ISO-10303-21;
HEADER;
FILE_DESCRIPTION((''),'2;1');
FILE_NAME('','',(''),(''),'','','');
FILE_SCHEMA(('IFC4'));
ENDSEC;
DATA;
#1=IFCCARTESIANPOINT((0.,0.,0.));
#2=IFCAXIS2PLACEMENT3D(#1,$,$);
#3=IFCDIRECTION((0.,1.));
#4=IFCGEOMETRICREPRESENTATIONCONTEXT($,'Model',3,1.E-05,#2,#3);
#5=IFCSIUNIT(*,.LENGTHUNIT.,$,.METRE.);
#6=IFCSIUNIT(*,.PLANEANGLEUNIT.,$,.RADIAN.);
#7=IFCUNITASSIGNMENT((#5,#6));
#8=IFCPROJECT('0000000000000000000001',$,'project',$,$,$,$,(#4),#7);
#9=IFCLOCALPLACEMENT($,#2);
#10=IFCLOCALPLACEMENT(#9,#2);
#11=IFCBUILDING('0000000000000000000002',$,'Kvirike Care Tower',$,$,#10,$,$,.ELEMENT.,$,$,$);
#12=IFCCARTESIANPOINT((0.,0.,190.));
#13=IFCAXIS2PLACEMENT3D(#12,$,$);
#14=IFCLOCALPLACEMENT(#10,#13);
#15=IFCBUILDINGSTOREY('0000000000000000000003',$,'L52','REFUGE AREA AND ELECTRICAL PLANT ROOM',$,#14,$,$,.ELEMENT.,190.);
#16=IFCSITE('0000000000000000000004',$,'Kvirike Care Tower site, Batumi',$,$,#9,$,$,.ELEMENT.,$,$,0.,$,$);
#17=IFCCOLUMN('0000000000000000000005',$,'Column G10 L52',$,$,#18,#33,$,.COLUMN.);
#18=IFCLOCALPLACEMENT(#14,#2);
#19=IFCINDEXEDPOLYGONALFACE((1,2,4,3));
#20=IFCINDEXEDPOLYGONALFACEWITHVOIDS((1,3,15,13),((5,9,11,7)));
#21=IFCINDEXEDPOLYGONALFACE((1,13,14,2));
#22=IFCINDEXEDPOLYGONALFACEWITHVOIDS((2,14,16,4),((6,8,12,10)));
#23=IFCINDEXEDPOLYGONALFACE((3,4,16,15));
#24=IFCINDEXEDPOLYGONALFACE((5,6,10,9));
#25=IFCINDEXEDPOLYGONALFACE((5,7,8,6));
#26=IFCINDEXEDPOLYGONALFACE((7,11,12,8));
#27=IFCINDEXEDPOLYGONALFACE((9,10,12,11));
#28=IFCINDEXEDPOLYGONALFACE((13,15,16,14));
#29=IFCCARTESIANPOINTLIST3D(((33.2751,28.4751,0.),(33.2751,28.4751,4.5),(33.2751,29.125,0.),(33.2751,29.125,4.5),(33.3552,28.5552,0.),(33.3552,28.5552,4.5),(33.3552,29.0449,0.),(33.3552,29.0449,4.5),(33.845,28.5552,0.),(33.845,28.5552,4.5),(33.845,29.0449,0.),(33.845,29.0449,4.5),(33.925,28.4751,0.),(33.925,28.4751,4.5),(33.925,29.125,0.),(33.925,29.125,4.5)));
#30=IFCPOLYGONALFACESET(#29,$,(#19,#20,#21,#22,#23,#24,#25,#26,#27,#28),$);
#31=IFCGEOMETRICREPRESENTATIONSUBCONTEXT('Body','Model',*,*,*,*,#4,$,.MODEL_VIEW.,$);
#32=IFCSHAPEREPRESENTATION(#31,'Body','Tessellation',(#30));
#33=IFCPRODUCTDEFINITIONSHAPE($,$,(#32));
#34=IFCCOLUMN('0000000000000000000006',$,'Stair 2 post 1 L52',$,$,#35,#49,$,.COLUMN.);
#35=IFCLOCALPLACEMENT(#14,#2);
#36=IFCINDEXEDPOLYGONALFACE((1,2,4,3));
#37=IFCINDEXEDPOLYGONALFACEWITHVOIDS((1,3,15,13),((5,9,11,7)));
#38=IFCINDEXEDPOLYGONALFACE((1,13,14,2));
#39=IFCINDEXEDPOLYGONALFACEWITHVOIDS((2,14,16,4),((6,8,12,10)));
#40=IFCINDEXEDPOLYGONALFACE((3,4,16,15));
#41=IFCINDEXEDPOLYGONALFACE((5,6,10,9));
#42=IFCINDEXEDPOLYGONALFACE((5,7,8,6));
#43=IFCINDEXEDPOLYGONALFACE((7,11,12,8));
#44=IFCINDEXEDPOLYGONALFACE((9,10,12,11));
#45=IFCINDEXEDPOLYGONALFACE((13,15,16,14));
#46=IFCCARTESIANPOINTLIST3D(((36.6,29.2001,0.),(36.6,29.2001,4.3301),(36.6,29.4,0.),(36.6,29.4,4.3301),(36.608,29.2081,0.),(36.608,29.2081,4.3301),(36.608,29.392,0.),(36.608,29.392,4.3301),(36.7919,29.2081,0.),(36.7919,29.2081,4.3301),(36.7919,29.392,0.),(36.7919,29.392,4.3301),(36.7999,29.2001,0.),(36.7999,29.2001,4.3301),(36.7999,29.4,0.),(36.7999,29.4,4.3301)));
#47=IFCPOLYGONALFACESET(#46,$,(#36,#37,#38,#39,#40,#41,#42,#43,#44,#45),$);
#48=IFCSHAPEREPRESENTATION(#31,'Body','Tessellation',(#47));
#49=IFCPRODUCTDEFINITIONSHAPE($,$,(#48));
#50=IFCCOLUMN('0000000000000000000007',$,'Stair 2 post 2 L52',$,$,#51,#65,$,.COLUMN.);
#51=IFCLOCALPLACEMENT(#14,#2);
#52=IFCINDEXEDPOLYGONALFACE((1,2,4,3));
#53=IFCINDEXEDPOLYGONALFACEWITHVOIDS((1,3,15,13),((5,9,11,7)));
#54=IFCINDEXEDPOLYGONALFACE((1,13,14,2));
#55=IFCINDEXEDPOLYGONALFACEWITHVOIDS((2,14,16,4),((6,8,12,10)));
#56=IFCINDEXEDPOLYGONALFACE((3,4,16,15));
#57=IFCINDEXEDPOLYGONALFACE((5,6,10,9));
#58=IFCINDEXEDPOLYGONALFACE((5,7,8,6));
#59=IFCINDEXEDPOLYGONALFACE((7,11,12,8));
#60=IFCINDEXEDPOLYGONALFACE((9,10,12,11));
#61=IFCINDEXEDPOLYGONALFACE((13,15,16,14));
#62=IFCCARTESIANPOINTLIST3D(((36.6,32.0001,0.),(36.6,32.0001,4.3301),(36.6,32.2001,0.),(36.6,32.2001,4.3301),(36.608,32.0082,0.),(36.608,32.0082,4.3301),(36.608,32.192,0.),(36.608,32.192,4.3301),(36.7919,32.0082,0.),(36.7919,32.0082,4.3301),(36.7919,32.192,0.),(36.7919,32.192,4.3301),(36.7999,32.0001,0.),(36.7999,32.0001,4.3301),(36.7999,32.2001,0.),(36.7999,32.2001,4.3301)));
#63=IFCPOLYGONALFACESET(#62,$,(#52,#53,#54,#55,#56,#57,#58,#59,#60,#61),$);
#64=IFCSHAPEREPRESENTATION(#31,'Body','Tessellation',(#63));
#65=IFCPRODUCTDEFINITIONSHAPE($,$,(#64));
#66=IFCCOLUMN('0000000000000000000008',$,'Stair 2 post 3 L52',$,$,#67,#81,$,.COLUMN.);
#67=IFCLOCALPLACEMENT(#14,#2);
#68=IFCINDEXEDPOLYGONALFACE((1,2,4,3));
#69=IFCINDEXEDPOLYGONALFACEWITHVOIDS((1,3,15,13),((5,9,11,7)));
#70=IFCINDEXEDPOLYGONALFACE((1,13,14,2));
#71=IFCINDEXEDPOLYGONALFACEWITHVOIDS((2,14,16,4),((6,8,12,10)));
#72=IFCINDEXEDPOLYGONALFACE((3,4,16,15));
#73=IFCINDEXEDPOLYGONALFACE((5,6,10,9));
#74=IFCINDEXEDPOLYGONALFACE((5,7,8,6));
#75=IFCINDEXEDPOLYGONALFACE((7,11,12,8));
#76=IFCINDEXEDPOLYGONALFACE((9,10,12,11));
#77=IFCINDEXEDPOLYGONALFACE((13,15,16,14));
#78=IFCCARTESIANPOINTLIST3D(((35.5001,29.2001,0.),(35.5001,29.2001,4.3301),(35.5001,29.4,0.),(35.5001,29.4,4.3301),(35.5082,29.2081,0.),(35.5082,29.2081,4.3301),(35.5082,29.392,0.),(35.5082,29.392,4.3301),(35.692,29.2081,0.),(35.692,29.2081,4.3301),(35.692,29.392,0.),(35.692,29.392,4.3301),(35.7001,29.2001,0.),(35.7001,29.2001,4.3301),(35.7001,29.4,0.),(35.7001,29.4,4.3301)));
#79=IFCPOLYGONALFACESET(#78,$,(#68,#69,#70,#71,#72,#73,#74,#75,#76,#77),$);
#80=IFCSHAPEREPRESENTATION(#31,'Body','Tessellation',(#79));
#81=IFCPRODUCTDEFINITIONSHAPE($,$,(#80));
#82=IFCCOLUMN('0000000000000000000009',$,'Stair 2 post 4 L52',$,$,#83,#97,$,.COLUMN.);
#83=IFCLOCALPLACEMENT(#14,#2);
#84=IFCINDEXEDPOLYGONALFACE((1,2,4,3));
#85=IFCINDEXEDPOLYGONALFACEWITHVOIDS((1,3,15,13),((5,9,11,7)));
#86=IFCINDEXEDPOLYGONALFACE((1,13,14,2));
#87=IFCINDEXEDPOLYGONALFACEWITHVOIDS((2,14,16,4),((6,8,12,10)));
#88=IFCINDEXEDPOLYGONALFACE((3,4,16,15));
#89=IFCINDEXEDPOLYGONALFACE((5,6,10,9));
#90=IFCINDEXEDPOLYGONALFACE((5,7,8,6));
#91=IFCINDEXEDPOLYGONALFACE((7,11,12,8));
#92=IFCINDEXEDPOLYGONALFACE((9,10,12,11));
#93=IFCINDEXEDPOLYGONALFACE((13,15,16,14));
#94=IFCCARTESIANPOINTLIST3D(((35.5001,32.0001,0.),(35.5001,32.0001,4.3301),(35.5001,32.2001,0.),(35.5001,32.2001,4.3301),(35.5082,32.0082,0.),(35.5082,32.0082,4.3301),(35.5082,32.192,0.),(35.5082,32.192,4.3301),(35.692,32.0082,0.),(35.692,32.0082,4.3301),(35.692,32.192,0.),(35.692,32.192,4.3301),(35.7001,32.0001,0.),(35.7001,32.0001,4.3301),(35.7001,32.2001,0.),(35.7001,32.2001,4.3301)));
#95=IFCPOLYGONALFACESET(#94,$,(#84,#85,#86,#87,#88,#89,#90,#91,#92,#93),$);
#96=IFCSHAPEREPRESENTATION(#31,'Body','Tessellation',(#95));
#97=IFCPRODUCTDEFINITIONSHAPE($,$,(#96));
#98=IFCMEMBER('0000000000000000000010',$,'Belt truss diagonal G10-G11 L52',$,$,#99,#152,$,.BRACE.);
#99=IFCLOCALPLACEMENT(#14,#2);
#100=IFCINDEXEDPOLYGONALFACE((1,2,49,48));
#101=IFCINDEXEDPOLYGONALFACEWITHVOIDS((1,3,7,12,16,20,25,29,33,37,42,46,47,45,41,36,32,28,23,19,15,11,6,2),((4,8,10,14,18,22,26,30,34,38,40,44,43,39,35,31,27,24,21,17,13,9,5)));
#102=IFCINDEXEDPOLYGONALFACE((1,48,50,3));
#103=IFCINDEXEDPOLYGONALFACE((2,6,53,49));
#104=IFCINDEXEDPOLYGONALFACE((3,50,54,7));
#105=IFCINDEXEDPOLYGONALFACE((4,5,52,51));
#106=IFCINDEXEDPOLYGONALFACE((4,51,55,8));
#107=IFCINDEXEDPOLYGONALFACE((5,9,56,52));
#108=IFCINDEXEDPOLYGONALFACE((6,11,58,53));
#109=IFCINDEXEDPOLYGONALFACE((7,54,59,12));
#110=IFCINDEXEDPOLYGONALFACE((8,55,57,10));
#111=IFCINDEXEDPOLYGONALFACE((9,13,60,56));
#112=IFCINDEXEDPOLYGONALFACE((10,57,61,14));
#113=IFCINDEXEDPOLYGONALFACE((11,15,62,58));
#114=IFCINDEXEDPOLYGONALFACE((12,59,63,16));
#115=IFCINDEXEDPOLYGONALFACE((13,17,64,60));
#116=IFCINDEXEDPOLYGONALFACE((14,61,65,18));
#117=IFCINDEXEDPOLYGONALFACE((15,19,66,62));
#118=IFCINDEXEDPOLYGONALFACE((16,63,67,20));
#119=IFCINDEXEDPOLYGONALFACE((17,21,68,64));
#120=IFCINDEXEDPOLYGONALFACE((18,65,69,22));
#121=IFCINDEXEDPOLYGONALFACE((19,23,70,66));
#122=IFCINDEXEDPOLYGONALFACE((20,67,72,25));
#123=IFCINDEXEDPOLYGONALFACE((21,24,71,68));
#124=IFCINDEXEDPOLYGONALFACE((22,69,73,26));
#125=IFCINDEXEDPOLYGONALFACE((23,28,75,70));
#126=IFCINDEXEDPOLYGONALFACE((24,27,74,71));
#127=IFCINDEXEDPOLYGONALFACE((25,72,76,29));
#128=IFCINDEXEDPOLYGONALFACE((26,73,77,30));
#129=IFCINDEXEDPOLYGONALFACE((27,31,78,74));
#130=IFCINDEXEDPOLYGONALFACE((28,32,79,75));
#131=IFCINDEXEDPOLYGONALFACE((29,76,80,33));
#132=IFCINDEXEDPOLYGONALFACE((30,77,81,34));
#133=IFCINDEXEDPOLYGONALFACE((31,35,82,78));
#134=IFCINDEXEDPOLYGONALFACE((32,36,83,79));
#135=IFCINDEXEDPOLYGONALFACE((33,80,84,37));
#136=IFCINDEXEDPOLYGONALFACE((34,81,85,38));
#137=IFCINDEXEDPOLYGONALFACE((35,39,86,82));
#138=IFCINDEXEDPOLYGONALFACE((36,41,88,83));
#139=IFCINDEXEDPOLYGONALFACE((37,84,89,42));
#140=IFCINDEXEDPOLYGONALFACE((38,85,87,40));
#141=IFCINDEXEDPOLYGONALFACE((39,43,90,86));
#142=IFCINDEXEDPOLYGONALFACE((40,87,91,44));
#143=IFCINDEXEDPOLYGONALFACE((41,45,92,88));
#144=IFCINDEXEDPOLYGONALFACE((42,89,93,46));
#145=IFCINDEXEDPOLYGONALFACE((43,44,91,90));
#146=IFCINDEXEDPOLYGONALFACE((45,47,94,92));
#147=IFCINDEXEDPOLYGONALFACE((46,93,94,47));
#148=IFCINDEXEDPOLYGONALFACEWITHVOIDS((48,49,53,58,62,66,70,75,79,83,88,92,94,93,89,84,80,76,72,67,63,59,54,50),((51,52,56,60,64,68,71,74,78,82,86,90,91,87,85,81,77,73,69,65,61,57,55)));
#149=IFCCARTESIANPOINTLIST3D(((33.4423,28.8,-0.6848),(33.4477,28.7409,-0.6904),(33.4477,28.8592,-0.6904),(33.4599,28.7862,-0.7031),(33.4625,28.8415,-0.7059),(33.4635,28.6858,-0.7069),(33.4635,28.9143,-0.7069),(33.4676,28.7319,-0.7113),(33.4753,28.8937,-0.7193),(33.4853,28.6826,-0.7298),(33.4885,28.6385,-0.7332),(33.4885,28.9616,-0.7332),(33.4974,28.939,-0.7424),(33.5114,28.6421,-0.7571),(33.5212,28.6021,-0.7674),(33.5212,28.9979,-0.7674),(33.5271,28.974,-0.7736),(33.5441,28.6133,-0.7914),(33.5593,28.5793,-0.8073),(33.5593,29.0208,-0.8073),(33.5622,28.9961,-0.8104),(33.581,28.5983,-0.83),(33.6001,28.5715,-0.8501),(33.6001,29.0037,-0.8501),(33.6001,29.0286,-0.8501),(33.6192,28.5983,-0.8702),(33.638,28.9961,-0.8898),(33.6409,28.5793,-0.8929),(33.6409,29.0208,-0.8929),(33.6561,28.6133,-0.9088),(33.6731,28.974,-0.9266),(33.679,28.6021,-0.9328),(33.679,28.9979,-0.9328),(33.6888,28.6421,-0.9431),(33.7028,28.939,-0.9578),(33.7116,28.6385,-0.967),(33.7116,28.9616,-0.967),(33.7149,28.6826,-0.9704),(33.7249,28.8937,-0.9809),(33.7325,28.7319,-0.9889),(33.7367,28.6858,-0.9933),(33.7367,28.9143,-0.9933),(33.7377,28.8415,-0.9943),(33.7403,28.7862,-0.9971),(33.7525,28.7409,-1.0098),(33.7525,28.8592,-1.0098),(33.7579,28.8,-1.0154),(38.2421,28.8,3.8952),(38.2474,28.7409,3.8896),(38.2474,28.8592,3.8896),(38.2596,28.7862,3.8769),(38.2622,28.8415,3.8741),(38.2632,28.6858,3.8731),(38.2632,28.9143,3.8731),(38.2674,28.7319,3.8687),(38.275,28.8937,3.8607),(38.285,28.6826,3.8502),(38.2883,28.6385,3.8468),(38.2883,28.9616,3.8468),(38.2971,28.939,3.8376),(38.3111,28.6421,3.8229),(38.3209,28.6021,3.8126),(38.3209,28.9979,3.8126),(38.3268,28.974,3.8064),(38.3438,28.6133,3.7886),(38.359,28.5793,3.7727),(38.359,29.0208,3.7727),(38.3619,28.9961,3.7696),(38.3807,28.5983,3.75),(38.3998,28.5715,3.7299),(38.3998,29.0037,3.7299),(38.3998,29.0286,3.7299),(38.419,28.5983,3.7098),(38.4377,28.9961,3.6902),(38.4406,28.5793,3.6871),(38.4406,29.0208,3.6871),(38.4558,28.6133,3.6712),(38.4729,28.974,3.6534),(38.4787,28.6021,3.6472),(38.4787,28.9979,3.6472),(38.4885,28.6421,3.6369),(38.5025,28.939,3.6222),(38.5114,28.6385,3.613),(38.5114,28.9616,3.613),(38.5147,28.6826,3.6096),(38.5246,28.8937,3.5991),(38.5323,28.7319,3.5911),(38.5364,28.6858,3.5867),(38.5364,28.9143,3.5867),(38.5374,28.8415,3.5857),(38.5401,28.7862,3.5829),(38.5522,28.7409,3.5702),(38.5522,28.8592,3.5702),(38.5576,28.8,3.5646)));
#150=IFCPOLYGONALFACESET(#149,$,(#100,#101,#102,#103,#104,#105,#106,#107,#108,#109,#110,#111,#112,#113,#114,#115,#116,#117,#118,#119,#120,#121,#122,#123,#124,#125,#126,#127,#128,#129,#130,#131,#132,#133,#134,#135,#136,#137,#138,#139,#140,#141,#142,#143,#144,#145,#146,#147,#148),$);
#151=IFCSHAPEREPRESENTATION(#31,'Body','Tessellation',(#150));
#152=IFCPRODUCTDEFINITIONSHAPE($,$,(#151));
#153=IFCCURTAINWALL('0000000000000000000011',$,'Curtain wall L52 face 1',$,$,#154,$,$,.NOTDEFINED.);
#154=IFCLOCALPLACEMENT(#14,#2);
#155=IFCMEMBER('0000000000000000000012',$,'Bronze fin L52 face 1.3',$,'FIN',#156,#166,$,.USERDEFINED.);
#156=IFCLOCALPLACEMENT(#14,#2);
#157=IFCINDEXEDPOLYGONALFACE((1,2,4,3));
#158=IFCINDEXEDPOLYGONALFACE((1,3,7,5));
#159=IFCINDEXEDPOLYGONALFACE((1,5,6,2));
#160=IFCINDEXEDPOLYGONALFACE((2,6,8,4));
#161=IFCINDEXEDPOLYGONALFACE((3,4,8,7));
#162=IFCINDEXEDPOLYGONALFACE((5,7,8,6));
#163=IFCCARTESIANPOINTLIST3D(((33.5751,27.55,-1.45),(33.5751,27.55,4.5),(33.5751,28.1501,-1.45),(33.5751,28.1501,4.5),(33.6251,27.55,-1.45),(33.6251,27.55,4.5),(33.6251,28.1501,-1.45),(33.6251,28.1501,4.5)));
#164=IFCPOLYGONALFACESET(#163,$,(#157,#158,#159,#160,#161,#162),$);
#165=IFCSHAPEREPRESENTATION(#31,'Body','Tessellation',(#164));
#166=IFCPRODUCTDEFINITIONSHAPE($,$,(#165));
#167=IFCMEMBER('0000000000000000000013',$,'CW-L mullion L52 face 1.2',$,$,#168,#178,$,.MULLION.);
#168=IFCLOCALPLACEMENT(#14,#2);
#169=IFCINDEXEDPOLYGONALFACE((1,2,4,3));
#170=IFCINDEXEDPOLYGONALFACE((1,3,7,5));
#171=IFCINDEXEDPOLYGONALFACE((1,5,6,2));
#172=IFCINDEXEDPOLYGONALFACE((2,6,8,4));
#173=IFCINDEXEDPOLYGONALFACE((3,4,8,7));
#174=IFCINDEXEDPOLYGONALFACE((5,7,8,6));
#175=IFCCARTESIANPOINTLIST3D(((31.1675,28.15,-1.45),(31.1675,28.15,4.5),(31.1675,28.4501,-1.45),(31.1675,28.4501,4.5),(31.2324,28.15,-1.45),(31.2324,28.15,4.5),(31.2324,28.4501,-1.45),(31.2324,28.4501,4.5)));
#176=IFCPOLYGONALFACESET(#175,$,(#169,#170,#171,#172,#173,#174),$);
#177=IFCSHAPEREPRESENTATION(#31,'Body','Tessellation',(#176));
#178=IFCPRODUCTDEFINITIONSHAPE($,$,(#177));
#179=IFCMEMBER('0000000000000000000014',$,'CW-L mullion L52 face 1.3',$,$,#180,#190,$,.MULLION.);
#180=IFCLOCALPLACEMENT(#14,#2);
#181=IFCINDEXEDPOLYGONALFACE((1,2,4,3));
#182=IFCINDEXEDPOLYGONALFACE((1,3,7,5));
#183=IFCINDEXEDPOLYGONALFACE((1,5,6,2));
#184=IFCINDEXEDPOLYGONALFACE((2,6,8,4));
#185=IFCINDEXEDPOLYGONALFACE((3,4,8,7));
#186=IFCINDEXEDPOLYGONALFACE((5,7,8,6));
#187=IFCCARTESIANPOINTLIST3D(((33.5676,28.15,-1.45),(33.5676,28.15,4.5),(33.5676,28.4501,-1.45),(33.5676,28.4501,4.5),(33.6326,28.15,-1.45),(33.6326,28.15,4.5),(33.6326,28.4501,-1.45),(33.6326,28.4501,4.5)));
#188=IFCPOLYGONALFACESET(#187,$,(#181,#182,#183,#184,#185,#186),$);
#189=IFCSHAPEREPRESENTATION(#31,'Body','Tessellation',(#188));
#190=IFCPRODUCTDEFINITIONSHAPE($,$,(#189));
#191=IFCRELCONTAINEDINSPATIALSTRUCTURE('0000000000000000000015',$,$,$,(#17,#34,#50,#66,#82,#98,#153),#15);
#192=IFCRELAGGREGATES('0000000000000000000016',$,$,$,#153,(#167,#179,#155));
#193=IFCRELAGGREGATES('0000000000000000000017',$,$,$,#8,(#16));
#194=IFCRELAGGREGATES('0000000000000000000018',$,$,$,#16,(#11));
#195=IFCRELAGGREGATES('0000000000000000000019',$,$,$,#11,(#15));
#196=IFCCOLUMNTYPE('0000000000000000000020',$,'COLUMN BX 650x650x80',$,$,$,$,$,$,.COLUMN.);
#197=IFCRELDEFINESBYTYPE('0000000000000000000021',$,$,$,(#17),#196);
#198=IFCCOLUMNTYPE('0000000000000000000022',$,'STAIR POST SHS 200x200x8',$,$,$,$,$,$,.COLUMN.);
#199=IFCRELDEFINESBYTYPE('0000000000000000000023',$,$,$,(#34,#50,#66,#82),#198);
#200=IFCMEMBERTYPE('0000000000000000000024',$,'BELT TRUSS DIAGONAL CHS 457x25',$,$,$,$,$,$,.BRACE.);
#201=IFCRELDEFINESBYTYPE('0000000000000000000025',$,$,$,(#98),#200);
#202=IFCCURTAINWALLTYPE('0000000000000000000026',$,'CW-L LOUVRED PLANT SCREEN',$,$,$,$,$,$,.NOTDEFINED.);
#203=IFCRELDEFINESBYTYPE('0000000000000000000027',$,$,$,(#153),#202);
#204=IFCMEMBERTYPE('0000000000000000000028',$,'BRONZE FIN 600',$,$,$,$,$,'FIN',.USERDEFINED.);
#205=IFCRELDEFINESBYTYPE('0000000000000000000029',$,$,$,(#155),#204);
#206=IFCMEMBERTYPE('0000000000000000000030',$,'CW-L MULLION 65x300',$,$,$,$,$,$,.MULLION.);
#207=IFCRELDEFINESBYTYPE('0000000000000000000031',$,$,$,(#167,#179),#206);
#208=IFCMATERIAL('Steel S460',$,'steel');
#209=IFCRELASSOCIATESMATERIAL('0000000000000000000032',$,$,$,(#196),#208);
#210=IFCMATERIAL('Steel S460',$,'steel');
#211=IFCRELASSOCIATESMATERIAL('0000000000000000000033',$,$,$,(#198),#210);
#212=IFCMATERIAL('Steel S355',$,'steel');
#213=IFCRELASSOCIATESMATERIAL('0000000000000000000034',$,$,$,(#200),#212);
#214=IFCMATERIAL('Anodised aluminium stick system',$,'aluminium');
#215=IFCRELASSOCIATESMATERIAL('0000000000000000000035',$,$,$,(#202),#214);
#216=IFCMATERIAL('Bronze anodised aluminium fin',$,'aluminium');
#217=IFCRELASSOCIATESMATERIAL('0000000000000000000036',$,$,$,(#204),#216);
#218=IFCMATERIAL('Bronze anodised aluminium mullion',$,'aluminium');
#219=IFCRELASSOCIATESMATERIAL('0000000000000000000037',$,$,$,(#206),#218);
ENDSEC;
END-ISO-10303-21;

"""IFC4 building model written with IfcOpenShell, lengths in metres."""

from ifc_helpers import new_model, si_unit, direction, frame, origin, origin_2d, place, context, subcontext, project, spatial, rectangle, hollow_rectangle, hollow_circle, extrude, material, material_profile, profile_set, type_object, element, aggregate, save


model = new_model("IFC4")

# Units and contexts
model_context = context("Model", 3, precision=1e-05, world=origin(), true_north=direction((0.0, 1.0)))
body_context = subcontext(model_context, "Body", "Model", "MODEL_VIEW")
ifc_project = project(units=[si_unit("LENGTHUNIT", "METRE"), si_unit("PLANEANGLEUNIT", "RADIAN")], contexts=[model_context])

# Site, building, storey
site_placement = place(None, origin())
site = spatial("IfcSite", under=ifc_project, at=site_placement, Name="Kvirike Care Tower site, Batumi", CompositionType="ELEMENT", RefElevation=0.0)
building_placement = place(site_placement, origin())
building = spatial("IfcBuilding", under=site, at=building_placement, Name="Kvirike Care Tower", CompositionType="ELEMENT")
storey_placement = place(building_placement, frame((0.0, 0.0, 190.0)))
storey = spatial("IfcBuildingStorey", under=building, at=storey_placement, Name="L52", Description="REFUGE AREA AND ELECTRICAL PLANT ROOM", CompositionType="ELEMENT", Elevation=190.0)

# Columns
ifc_material_1 = material(Name="Steel S460", Category="steel")
ifc_material_profile_1 = material_profile(ifc_material_1, hollow_rectangle(XDim=0.6499, YDim=0.6499, WallThickness=0.0801, at=origin_2d()), Name="BX 650x650x80")
ifc_profile_set_1 = profile_set([ifc_material_profile_1], Name="Steel S460")
column_type_1 = type_object("IfcColumnType", Name="COLUMN BX 650x650x80", PredefinedType="COLUMN", material=ifc_profile_set_1)
column_placement = place(storey_placement, frame((33.6001, 28.8, 0.0), z_axis=(0.0, 0.0, 1.0), x_axis=(0.0, 1.0, 0.0)))
element("IfcColumn", 1, at=column_placement, inside=storey, type_object=column_type_1, Name="Column G10 L52", PredefinedType="COLUMN", context=body_context, shape_type="SweptSolid", body=[
    extrude(hollow_rectangle(XDim=0.6499, YDim=0.6499, WallThickness=0.0801, at=origin_2d()), origin(), (0.0, 0.0, 1.0), 4.5),
])
ifc_material_2 = material(Name="Steel S460", Category="steel")
ifc_material_profile_2 = material_profile(ifc_material_2, hollow_rectangle(XDim=0.2, YDim=0.2, WallThickness=0.0081, at=origin_2d()), Name="SHS 200x200x8")
ifc_profile_set_2 = profile_set([ifc_material_profile_2], Name="Steel S460")
column_type_2 = type_object("IfcColumnType", Name="STAIR POST SHS 200x200x8", PredefinedType="COLUMN", material=ifc_profile_set_2)
for number, where, z_axis, x_axis, name in (
    (2, (36.7, 29.3, 0.0), (0.0, 0.0, 1.0), (1.0, 0.0, 0.0), "Stair 2 post 1 L52"),
    (3, (36.7, 32.1001, 0.0), (0.0, 0.0, 1.0), (1.0, 0.0, 0.0), "Stair 2 post 2 L52"),
    (4, (35.6001, 29.3, 0.0), (0.0, 0.0, 1.0), (1.0, 0.0, 0.0), "Stair 2 post 3 L52"),
    (5, (35.6001, 32.1001, 0.0), (0.0, 0.0, 1.0), (1.0, 0.0, 0.0), "Stair 2 post 4 L52"),
):
    element("IfcColumn", number, at=place(storey_placement, frame(where, z_axis=z_axis, x_axis=x_axis)), inside=storey, type_object=column_type_2, Name=name, PredefinedType="COLUMN", context=body_context, shape_type="SweptSolid", body=[
        extrude(hollow_rectangle(XDim=0.2, YDim=0.2, WallThickness=0.0081, at=origin_2d()), origin(), (0.0, 0.0, 1.0), 4.3301),
    ])

# Member
ifc_material_3 = material(Name="Steel S355", Category="steel")
ifc_material_profile_3 = material_profile(ifc_material_3, hollow_circle(Radius=0.2285, WallThickness=0.0249, at=origin_2d()), Name="CHS 457x25")
ifc_profile_set_3 = profile_set([ifc_material_profile_3], Name="Steel S355")
member_type_1 = type_object("IfcMemberType", Name="BELT TRUSS DIAGONAL CHS 457x25", PredefinedType="BRACE", material=ifc_profile_set_3)
member_1_placement = place(storey_placement, frame((33.6001, 28.8, -0.8501), z_axis=(0.723472, 0.0, 0.690353), x_axis=(0.0, 1.0, 0.0)))
element("IfcMember", 6, at=member_1_placement, inside=storey, type_object=member_type_1, Name="Belt truss diagonal G10-G11 L52", PredefinedType="BRACE", context=body_context, shape_type="SweptSolid", body=[
    extrude(hollow_circle(Radius=0.2285, WallThickness=0.0249, at=origin_2d()), origin(), (0.0, 0.0, 1.0), 6.6343),
])

# Curtain wall, members
ifc_material_4 = material(Name="Anodised aluminium stick system", Category="aluminium")
curtain_wall_type = type_object("IfcCurtainWallType", Name="CW-L LOUVRED PLANT SCREEN", PredefinedType="NOTDEFINED", material=ifc_material_4)
curtain_wall_placement = place(storey_placement, origin())
curtain_wall = element("IfcCurtainWall", 7, at=curtain_wall_placement, inside=storey, type_object=curtain_wall_type, Name="Curtain wall L52 face 1", PredefinedType="NOTDEFINED")
ifc_material_5 = material(Name="Bronze anodised aluminium fin", Category="aluminium")
ifc_material_profile_4 = material_profile(ifc_material_5, rectangle(XDim=0.05, YDim=0.6001, at=origin_2d()), Name="BRONZE FIN 600")
ifc_profile_set_4 = profile_set([ifc_material_profile_4], Name="Bronze anodised aluminium fin")
member_type_2 = type_object("IfcMemberType", Name="BRONZE FIN 600", ElementType="FIN", PredefinedType="USERDEFINED", material=ifc_profile_set_4)
member_2_placement = place(storey_placement, frame((33.6001, 27.8501, -1.45), z_axis=(0.0, 0.0, 1.0), x_axis=(1.0, 0.0, 0.0)))
member_2 = element("IfcMember", 8, at=member_2_placement, type_object=member_type_2, Name="Bronze fin L52 face 1.3", ObjectType="FIN", PredefinedType="USERDEFINED", context=body_context, shape_type="SweptSolid", body=[
    extrude(rectangle(XDim=0.05, YDim=0.6001, at=origin_2d()), origin(), (0.0, 0.0, 1.0), 5.95),
])
ifc_material_6 = material(Name="Bronze anodised aluminium mullion", Category="aluminium")
ifc_material_profile_5 = material_profile(ifc_material_6, rectangle(XDim=0.0649, YDim=0.3, at=origin_2d()), Name="CW-L MULLION 65x300")
ifc_profile_set_5 = profile_set([ifc_material_profile_5], Name="Bronze anodised aluminium mullion")
member_type_3 = type_object("IfcMemberType", Name="CW-L MULLION 65x300", PredefinedType="MULLION", material=ifc_profile_set_5)
member_3_placement = place(storey_placement, frame((31.2, 28.3, -1.45), z_axis=(0.0, 0.0, 1.0), x_axis=(1.0, 0.0, 0.0)))
member_3 = element("IfcMember", 9, at=member_3_placement, type_object=member_type_3, Name="CW-L mullion L52 face 1.2", PredefinedType="MULLION", context=body_context, shape_type="SweptSolid", body=[
    extrude(rectangle(XDim=0.0649, YDim=0.3, at=origin_2d()), origin(), (0.0, 0.0, 1.0), 5.95),
])
member_4_placement = place(storey_placement, frame((33.6001, 28.3, -1.45), z_axis=(0.0, 0.0, 1.0), x_axis=(1.0, 0.0, 0.0)))
member_4 = element("IfcMember", 10, at=member_4_placement, type_object=member_type_3, Name="CW-L mullion L52 face 1.3", PredefinedType="MULLION", context=body_context, shape_type="SweptSolid", body=[
    extrude(rectangle(XDim=0.0649, YDim=0.3, at=origin_2d()), origin(), (0.0, 0.0, 1.0), 5.95),
])

aggregate(curtain_wall, [member_3, member_4, member_2])

save(model, "model.ifc")
